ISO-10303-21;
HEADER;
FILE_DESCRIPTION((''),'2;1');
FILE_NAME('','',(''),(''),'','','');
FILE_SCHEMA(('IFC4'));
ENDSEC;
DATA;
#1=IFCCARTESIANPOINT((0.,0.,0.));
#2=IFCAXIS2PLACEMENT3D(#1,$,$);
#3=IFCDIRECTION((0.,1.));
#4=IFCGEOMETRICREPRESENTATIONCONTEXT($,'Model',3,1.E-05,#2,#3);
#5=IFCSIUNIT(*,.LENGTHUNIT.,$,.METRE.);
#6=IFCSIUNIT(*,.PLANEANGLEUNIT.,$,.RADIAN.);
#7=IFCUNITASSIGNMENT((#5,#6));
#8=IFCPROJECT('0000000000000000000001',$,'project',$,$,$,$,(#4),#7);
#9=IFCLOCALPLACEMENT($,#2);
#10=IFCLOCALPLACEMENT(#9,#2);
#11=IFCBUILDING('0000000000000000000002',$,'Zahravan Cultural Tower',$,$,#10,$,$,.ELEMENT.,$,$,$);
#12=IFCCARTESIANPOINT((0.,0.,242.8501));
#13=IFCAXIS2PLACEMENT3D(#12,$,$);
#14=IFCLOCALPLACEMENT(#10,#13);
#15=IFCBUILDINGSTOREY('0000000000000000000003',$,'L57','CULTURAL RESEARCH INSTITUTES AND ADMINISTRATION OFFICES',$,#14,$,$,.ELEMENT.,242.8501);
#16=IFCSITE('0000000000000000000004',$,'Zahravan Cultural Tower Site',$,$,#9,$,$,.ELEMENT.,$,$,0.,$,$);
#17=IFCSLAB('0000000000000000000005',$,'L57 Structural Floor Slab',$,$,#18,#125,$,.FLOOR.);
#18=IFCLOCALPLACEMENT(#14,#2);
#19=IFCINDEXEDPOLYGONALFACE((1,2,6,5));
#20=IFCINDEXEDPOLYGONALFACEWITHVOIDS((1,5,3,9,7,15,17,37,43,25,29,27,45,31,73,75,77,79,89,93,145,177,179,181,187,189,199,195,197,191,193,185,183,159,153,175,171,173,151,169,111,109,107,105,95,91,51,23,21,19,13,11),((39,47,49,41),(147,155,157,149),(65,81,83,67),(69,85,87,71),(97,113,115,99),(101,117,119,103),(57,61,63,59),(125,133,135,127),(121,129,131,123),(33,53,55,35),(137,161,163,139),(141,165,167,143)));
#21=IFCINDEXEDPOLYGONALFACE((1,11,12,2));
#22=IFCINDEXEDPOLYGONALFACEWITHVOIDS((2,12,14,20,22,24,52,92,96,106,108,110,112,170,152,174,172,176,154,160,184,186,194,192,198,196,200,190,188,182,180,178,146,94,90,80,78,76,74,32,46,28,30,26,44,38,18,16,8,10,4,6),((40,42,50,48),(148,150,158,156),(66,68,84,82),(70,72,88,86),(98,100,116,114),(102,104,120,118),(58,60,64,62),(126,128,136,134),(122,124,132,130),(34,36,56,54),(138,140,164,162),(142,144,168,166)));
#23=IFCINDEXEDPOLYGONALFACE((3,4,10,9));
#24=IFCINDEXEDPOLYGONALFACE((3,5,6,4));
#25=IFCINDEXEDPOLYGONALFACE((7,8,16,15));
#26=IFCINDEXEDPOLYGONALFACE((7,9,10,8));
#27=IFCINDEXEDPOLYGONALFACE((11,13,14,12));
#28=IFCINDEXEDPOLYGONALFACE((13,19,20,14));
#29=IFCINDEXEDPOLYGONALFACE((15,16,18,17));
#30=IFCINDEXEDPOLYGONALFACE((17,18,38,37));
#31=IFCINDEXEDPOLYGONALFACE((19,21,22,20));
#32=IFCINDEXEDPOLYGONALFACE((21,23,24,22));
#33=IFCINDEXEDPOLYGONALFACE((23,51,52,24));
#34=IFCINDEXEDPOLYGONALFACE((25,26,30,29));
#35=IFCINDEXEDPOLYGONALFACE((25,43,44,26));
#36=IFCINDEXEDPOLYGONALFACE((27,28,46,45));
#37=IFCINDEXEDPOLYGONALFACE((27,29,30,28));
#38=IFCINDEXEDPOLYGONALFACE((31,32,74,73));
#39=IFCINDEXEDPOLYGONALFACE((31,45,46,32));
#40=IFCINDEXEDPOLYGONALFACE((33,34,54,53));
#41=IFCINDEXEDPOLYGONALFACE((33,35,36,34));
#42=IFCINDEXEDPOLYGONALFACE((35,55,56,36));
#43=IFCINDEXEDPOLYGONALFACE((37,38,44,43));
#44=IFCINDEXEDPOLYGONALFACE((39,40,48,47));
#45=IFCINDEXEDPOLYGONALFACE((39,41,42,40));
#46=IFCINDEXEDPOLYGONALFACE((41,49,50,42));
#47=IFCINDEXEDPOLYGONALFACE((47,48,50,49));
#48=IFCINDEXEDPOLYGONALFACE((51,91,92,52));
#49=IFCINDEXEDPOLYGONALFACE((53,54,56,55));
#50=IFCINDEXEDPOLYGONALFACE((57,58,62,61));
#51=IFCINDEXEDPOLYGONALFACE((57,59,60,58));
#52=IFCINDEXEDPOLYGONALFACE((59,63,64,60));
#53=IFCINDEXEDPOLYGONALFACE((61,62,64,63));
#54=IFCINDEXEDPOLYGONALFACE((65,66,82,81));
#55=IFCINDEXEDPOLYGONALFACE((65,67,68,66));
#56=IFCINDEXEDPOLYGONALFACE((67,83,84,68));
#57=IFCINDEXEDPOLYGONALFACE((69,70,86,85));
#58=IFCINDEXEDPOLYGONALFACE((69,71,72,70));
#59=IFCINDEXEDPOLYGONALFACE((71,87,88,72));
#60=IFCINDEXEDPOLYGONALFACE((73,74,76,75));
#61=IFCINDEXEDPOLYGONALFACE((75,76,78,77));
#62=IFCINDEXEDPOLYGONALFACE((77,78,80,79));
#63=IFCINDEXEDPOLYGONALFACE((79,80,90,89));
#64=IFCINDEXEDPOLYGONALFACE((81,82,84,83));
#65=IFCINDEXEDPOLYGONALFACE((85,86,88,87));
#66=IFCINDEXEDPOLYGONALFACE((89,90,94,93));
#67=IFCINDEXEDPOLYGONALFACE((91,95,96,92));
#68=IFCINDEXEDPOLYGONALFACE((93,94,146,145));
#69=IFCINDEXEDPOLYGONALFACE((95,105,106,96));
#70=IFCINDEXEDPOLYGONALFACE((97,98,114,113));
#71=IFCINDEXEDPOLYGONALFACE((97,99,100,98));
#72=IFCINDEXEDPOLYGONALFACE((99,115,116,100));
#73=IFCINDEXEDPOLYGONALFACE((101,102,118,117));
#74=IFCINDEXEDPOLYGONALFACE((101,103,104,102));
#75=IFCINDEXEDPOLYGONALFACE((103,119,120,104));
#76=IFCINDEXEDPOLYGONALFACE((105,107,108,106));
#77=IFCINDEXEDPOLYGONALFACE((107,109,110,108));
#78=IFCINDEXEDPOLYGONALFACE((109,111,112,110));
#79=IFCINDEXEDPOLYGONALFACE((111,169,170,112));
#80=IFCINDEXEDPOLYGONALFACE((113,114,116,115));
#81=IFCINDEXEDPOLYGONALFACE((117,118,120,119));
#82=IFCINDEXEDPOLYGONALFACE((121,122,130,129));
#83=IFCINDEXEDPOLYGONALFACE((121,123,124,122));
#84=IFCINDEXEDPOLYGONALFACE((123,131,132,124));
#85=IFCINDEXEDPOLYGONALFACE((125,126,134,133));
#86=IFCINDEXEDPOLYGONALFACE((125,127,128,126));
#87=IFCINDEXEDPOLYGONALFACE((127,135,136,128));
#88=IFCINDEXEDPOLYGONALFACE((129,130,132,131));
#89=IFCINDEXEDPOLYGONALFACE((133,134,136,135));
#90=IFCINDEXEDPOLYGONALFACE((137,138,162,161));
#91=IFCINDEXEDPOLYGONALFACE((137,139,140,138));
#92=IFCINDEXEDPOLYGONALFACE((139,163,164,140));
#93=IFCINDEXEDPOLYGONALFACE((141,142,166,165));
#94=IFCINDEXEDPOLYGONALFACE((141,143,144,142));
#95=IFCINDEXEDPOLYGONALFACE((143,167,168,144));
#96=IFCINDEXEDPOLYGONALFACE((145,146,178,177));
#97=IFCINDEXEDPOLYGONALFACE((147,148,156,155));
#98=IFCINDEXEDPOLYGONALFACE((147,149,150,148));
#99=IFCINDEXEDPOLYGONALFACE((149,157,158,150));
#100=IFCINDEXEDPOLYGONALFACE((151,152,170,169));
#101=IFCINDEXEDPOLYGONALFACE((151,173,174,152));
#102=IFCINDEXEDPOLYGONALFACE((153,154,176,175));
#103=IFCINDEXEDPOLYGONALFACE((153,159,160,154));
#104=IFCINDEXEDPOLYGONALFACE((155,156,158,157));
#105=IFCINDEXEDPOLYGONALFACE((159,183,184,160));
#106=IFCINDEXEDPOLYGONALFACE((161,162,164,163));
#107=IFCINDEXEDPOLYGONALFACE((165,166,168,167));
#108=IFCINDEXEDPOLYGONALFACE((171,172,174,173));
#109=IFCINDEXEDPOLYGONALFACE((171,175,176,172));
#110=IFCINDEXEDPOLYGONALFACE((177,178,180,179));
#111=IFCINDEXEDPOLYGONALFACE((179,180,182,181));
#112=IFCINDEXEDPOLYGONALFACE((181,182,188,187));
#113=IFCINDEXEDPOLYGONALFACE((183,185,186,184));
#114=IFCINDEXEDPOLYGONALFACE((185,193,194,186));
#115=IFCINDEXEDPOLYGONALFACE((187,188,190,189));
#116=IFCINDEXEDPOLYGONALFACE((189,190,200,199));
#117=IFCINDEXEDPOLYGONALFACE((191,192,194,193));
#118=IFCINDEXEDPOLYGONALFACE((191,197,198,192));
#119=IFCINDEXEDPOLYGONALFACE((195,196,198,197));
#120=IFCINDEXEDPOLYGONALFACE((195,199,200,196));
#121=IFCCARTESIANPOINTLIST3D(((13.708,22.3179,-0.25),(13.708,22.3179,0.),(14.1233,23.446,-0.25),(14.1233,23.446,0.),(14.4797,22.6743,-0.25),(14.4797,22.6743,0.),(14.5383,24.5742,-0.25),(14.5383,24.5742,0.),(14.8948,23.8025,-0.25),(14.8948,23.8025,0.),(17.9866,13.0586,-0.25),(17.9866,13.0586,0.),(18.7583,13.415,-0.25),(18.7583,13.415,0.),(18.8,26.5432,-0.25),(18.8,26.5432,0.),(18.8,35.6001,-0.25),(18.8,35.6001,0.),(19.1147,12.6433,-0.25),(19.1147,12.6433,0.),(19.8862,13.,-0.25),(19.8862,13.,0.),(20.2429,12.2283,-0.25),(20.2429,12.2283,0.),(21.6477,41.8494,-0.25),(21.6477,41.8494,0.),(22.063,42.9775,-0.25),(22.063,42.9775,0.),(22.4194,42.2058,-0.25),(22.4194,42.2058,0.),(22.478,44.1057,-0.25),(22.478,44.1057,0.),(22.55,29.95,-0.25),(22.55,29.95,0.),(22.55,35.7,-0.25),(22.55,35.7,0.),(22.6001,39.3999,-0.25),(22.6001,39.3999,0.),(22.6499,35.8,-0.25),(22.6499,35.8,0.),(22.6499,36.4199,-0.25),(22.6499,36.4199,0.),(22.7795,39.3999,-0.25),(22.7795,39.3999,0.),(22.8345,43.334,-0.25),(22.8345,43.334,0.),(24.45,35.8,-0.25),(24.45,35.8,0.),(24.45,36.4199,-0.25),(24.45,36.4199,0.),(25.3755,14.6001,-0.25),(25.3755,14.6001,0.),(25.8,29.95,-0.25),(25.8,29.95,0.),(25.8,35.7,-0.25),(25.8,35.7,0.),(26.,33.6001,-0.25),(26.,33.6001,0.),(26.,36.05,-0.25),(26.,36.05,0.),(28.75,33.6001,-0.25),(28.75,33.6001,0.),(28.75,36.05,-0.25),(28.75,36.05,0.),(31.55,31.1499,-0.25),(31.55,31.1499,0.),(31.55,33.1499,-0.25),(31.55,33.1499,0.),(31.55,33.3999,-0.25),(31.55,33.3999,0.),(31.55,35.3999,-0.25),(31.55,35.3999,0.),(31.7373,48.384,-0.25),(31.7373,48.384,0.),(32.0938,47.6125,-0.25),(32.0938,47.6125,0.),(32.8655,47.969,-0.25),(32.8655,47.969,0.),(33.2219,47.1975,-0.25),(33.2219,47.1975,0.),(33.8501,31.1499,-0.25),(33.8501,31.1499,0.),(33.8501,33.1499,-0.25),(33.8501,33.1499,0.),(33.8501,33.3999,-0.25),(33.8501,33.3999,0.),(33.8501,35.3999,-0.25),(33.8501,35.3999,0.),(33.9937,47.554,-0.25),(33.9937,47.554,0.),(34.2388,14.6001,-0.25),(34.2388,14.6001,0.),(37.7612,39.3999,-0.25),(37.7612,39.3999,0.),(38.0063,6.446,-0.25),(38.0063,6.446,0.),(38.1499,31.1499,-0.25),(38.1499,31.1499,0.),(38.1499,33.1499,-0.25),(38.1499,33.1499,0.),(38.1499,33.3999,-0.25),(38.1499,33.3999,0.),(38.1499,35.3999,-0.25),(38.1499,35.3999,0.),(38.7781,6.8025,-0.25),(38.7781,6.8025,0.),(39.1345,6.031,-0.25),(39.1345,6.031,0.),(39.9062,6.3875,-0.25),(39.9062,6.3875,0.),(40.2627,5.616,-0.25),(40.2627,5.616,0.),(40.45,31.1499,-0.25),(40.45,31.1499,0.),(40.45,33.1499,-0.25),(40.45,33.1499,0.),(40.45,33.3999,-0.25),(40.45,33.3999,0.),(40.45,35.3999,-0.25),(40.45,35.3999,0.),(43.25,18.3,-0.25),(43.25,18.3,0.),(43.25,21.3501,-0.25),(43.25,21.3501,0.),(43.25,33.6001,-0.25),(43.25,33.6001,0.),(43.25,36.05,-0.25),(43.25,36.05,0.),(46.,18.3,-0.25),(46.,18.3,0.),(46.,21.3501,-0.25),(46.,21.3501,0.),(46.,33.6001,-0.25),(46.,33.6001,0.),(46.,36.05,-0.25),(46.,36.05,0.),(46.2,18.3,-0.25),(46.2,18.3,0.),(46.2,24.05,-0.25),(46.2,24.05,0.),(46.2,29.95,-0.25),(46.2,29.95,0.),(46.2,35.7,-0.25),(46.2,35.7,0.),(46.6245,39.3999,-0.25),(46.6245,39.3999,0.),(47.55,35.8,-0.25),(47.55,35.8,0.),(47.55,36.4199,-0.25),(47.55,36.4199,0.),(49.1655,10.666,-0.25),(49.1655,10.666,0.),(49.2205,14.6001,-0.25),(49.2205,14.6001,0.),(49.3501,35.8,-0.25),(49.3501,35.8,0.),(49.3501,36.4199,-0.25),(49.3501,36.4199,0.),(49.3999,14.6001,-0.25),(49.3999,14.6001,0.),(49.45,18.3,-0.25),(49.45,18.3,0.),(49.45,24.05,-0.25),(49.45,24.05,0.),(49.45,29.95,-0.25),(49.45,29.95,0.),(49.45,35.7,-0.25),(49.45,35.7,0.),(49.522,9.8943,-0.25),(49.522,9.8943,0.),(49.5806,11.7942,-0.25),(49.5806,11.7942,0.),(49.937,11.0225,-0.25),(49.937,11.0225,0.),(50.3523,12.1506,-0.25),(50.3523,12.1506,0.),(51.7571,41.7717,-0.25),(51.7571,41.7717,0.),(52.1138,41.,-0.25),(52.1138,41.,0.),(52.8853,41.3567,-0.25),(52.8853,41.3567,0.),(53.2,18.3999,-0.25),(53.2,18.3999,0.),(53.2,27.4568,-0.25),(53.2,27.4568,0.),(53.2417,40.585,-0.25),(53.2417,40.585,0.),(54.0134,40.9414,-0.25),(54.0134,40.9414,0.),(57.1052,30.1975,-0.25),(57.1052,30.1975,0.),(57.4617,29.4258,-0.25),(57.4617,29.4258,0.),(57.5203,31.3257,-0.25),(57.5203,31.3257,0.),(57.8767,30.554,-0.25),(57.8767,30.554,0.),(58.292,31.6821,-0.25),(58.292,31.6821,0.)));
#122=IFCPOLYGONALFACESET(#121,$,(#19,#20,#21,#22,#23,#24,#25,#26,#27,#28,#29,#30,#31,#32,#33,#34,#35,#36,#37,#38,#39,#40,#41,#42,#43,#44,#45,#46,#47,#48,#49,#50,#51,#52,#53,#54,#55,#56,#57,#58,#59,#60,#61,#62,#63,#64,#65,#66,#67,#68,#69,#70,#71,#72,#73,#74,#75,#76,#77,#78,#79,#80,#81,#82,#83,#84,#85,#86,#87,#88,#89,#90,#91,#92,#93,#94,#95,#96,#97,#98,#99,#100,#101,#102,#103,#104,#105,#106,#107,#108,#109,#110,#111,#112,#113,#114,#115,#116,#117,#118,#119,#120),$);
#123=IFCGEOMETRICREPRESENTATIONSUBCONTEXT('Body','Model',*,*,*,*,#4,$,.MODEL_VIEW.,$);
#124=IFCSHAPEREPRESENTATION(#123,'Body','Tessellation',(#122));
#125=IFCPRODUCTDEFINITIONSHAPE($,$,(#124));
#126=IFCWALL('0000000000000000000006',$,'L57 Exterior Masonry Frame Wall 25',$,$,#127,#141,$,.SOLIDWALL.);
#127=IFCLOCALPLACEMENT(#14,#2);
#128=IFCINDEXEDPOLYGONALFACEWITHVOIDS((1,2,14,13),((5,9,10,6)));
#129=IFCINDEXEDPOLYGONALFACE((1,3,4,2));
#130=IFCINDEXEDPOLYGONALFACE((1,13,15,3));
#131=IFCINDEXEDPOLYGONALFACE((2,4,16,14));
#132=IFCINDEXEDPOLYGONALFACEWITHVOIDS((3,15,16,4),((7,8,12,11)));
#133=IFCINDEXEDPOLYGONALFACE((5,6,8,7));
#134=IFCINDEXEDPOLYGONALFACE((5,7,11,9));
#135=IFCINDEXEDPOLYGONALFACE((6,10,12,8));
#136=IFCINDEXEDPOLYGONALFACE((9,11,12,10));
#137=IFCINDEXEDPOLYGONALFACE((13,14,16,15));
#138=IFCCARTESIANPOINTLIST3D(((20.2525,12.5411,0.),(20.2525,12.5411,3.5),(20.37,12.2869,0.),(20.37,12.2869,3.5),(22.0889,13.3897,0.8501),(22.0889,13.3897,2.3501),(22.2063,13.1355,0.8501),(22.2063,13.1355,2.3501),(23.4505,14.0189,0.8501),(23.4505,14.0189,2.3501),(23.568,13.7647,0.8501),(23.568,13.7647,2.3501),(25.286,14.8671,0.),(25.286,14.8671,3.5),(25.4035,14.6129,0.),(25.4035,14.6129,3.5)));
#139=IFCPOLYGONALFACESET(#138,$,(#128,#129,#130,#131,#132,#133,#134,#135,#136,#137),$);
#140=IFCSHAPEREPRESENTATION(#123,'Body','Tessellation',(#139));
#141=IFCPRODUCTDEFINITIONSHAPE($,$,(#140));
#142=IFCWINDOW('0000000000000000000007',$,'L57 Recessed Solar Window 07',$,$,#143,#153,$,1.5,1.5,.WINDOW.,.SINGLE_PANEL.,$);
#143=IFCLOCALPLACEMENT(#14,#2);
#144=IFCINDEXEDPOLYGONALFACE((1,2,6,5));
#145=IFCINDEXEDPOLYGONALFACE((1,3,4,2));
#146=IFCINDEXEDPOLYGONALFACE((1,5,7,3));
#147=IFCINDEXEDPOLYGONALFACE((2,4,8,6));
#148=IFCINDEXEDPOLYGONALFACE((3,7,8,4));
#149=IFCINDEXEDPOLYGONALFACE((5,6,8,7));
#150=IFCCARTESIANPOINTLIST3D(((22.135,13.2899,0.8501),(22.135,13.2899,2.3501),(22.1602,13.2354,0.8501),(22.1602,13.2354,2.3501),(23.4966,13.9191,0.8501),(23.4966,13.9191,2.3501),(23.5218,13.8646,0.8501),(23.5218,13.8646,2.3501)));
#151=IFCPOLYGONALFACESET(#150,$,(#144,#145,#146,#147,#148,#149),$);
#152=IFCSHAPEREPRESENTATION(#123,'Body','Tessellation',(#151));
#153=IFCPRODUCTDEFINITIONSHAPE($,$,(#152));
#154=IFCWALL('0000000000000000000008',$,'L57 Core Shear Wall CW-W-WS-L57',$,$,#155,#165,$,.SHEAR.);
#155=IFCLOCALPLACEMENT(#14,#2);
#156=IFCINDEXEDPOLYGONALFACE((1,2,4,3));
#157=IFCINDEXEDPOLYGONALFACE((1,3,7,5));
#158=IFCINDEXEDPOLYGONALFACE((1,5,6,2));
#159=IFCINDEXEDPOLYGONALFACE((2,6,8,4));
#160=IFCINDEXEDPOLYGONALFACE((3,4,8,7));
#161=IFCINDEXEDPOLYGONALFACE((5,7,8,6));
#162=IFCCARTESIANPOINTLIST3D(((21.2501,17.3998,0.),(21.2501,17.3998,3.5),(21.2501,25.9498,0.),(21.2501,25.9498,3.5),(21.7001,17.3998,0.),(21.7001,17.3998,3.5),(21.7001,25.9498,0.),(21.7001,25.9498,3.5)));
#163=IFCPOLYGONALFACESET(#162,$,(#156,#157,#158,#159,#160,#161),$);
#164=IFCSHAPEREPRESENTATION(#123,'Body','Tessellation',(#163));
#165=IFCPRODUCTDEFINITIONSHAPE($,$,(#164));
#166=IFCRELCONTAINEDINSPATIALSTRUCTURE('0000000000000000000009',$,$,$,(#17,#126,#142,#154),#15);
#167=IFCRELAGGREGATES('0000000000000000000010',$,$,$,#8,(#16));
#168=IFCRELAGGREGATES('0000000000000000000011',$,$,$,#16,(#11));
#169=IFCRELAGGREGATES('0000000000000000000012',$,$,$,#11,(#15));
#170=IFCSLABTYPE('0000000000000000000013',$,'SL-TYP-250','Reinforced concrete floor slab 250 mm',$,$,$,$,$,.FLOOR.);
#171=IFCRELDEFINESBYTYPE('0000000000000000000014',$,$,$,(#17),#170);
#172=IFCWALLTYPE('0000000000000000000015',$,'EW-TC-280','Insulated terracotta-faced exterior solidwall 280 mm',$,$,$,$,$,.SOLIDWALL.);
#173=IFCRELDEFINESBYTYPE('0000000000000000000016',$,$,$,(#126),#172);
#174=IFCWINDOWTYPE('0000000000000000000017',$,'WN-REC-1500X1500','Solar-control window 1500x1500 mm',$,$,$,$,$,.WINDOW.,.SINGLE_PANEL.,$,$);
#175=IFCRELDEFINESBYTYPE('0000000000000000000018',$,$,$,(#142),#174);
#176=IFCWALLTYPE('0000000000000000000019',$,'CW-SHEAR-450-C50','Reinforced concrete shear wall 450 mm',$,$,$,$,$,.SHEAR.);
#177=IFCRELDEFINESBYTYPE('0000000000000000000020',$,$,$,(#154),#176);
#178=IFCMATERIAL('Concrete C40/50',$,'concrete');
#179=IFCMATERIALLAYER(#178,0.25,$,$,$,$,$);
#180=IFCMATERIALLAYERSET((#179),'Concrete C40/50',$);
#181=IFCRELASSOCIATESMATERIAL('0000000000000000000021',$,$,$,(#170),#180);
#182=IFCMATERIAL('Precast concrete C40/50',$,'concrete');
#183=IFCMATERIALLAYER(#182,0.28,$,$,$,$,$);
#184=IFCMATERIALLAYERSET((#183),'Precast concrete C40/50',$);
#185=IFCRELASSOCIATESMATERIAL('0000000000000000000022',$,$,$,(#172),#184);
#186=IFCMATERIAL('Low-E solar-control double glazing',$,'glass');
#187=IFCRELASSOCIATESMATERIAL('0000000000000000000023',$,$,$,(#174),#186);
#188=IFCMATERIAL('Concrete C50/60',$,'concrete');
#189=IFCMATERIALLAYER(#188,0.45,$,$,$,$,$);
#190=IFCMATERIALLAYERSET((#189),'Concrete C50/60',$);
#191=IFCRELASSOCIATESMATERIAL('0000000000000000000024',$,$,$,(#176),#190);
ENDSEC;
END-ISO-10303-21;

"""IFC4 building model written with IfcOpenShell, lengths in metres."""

from ifc_helpers import new_model, si_unit, direction, frame, frame_2d, origin, place, context, subcontext, project, spatial, polyline, rectangle, outline, extrude, source, transform, mapped, material, layer, layer_set, type_object, element, fill, save


model = new_model("IFC4")

# Units and contexts
model_context = context("Model", 3, precision=1e-05, world=origin(), true_north=direction((0.0, 1.0)))
body_context = subcontext(model_context, "Body", "Model", "MODEL_VIEW")
ifc_project = project(units=[si_unit("LENGTHUNIT", "METRE"), si_unit("PLANEANGLEUNIT", "RADIAN")], contexts=[model_context])

# Site, building, storey
site_placement = place(None, origin())
site = spatial("IfcSite", under=ifc_project, at=site_placement, Name="Zahravan Cultural Tower Site", CompositionType="ELEMENT", RefElevation=0.0)
building_placement = place(site_placement, origin())
building = spatial("IfcBuilding", under=site, at=building_placement, Name="Zahravan Cultural Tower", CompositionType="ELEMENT")
storey_placement = place(building_placement, frame((0.0, 0.0, 242.8501)))
storey = spatial("IfcBuildingStorey", under=building, at=storey_placement, Name="L57", Description="CULTURAL RESEARCH INSTITUTES AND ADMINISTRATION OFFICES", CompositionType="ELEMENT", Elevation=242.8501)

# Shared definitions
ifc_material_1 = material(Name="Concrete C50/60", Category="concrete")

# Slab
ifc_material_2 = material(Name="Concrete C40/50", Category="concrete")
ifc_layer_1 = layer(ifc_material_2, 0.25)
ifc_layer_set_1 = layer_set([ifc_layer_1], Name="Concrete C40/50")
slab_type_1 = type_object("IfcSlabType", Name="SL-TYP-250", Description="Reinforced concrete floor slab 250 mm", PredefinedType="FLOOR", material=ifc_layer_set_1)
slab_1_placement = place(storey_placement, frame((0.0, 0.0, -0.25)))
element("IfcSlab", 1, at=slab_1_placement, inside=storey, type_object=slab_type_1, Name="L57 Structural Floor Slab", PredefinedType="FLOOR", context=body_context, shape_type="SweptSolid", body=[
    extrude(outline(polyline([(46.6245, 39.3999), (37.7612, 39.3999), (33.9937, 47.554), (33.2219, 47.1975), (32.8655, 47.969), (32.0938, 47.6125), (31.7373, 48.384), (22.478, 44.1057), (22.8345, 43.334), (22.063, 42.9775), (22.4194, 42.2058), (21.6477, 41.8494), (22.7795, 39.3999), (22.6001, 39.3999), (18.8, 35.6001), (18.8, 26.5432), (14.5383, 24.5742), (14.8948, 23.8025), (14.1233, 23.446), (14.4797, 22.6743), (13.708, 22.3179), (17.9866, 13.0586), (18.7583, 13.415), (19.1147, 12.6433), (19.8862, 13.0), (20.2429, 12.2283), (25.3755, 14.6001), (34.2388, 14.6001), (38.0063, 6.446), (38.7781, 6.8025), (39.1345, 6.031), (39.9062, 6.3875), (40.2627, 5.616), (49.522, 9.8943), (49.1655, 10.666), (49.937, 11.0225), (49.5806, 11.7942), (50.3523, 12.1506), (49.2205, 14.6001), (49.3999, 14.6001), (53.2, 18.3999), (53.2, 27.4568), (57.4617, 29.4258), (57.1052, 30.1975), (57.8767, 30.554), (57.5203, 31.3257), (58.292, 31.6821), (54.0134, 40.9414), (53.2417, 40.585), (52.8853, 41.3567), (52.1138, 41.0), (51.7571, 41.7717), (46.6245, 39.3999)]), holes=[polyline([(22.55, 29.95), (22.55, 35.7), (25.8, 35.7), (25.8, 29.95), (22.55, 29.95)]), polyline([(46.2, 29.95), (46.2, 35.7), (49.45, 35.7), (49.45, 29.95), (46.2, 29.95)]), polyline([(46.2, 18.3), (46.2, 24.05), (49.45, 24.05), (49.45, 18.3), (46.2, 18.3)]), polyline([(26.0, 33.6001), (26.0, 36.05), (28.75, 36.05), (28.75, 33.6001), (26.0, 33.6001)]), polyline([(43.25, 33.6001), (43.25, 36.05), (46.0, 36.05), (46.0, 33.6001), (43.25, 33.6001)]), polyline([(43.25, 18.3), (43.25, 21.3501), (46.0, 21.3501), (46.0, 18.3), (43.25, 18.3)]), polyline([(31.55, 33.3999), (31.55, 35.3999), (33.8501, 35.3999), (33.8501, 33.3999), (31.55, 33.3999)]), polyline([(31.55, 31.1499), (31.55, 33.1499), (33.8501, 33.1499), (33.8501, 31.1499), (31.55, 31.1499)]), polyline([(38.1499, 33.3999), (38.1499, 35.3999), (40.45, 35.3999), (40.45, 33.3999), (38.1499, 33.3999)]), polyline([(38.1499, 31.1499), (38.1499, 33.1499), (40.45, 33.1499), (40.45, 31.1499), (38.1499, 31.1499)]), polyline([(22.6499, 35.8), (22.6499, 36.4199), (24.45, 36.4199), (24.45, 35.8), (22.6499, 35.8)]), polyline([(47.55, 35.8), (47.55, 36.4199), (49.3501, 36.4199), (49.3501, 35.8), (47.55, 35.8)])]), origin(), (0.0, 0.0, 1.0), 0.25),
])

# Wall, opening, window
ifc_material_3 = material(Name="Precast concrete C40/50", Category="concrete")
ifc_layer_2 = layer(ifc_material_3, 0.28)
ifc_layer_set_2 = layer_set([ifc_layer_2], Name="Precast concrete C40/50")
wall_type_1 = type_object("IfcWallType", Name="EW-TC-280", Description="Insulated terracotta-faced exterior solidwall 280 mm", PredefinedType="SOLIDWALL", material=ifc_layer_set_2)
wall_1_placement = place(storey_placement, frame((25.3447, 14.74, 0.0), z_axis=(0.0, 0.0, 1.0), x_axis=(-0.907767, -0.419474, 0.0)))
wall_1 = element("IfcWall", 2, at=wall_1_placement, inside=storey, type_object=wall_type_1, Name="L57 Exterior Masonry Frame Wall 25", PredefinedType="SOLIDWALL", context=body_context, shape_type="SweptSolid", body=[
    extrude(rectangle(XDim=5.5449, YDim=0.28, at=frame_2d((2.7725, 0.0))), origin(), (0.0, 0.0, 1.0), 3.5),
])
opening_placement = place(wall_1_placement, frame((2.022, 0.0, 0.8501)))
opening = element("IfcOpeningElement", 3, at=opening_placement, cuts=wall_1, PredefinedType="OPENING", context=body_context, shape_type="SweptSolid", body=[
    extrude(rectangle(XDim=1.5, YDim=1.5, at=frame_2d((0.75, 0.75))), frame((0.0, 0.1499, 0.0), z_axis=(0.0, -1.0, 0.0), x_axis=(1.0, 0.0, 0.0)), (0.0, 0.0, 1.0), 0.3),
])
ifc_material_4 = material(Name="Low-E solar-control double glazing", Category="glass")
window_type = type_object("IfcWindowType", Name="WN-REC-1500X1500", Description="Solar-control window 1500x1500 mm", PartitioningType="SINGLE_PANEL", PredefinedType="WINDOW", material=ifc_material_4)
shared_shape_1 = source(origin(), body_context, "Body", "SweptSolid", [
    extrude(rectangle(XDim=1.5, YDim=1.5, at=frame_2d((0.75, 0.75))), frame((0.0, 0.03, 0.0), z_axis=(0.0, -1.0, 0.0), x_axis=(1.0, 0.0, 0.0)), (0.0, 0.0, 1.0), 0.0601),
])
window_placement = place(opening_placement, origin())
window = element("IfcWindow", 4, at=window_placement, inside=storey, type_object=window_type, Name="L57 Recessed Solar Window 07", OverallHeight=1.5, OverallWidth=1.5, PartitioningType="SINGLE_PANEL", PredefinedType="WINDOW", context=body_context, shape_type="MappedRepresentation", body=[
    mapped(shared_shape_1, transform((0.0, 0.0, 0.0), x_axis=(1.0, 0.0, 0.0), y_axis=(0.0, 1.0, 0.0), z_axis=(0.0, 0.0, 1.0), scale=1.0)),
])
fill(opening, window)

# Wall
ifc_layer_3 = layer(ifc_material_1, 0.45)
ifc_layer_set_3 = layer_set([ifc_layer_3], Name="Concrete C50/60")
wall_type_2 = type_object("IfcWallType", Name="CW-SHEAR-450-C50", Description="Reinforced concrete shear wall 450 mm", PredefinedType="SHEAR", material=ifc_layer_set_3)
shared_shape_2 = source(origin(), body_context, "Body", "SweptSolid", [
    extrude(rectangle(XDim=8.55, YDim=0.45, at=frame_2d((4.2749, 0.0))), origin(), (0.0, 0.0, 1.0), 3.5),
])
wall_2_placement = place(storey_placement, frame((21.4751, 17.3999, 0.0), z_axis=(0.0, 0.0, 1.0), x_axis=(0.0, 1.0, 0.0)))
element("IfcWall", 5, at=wall_2_placement, inside=storey, type_object=wall_type_2, Name="L57 Core Shear Wall CW-W-WS-L57", PredefinedType="SHEAR", context=body_context, shape_type="MappedRepresentation", body=[
    mapped(shared_shape_2, transform((0.0, 0.0, 0.0), x_axis=(1.0, 0.0, 0.0), y_axis=(0.0, 1.0, 0.0), z_axis=(0.0, 0.0, 1.0), scale=1.0)),
])

save(model, "model.ifc")
